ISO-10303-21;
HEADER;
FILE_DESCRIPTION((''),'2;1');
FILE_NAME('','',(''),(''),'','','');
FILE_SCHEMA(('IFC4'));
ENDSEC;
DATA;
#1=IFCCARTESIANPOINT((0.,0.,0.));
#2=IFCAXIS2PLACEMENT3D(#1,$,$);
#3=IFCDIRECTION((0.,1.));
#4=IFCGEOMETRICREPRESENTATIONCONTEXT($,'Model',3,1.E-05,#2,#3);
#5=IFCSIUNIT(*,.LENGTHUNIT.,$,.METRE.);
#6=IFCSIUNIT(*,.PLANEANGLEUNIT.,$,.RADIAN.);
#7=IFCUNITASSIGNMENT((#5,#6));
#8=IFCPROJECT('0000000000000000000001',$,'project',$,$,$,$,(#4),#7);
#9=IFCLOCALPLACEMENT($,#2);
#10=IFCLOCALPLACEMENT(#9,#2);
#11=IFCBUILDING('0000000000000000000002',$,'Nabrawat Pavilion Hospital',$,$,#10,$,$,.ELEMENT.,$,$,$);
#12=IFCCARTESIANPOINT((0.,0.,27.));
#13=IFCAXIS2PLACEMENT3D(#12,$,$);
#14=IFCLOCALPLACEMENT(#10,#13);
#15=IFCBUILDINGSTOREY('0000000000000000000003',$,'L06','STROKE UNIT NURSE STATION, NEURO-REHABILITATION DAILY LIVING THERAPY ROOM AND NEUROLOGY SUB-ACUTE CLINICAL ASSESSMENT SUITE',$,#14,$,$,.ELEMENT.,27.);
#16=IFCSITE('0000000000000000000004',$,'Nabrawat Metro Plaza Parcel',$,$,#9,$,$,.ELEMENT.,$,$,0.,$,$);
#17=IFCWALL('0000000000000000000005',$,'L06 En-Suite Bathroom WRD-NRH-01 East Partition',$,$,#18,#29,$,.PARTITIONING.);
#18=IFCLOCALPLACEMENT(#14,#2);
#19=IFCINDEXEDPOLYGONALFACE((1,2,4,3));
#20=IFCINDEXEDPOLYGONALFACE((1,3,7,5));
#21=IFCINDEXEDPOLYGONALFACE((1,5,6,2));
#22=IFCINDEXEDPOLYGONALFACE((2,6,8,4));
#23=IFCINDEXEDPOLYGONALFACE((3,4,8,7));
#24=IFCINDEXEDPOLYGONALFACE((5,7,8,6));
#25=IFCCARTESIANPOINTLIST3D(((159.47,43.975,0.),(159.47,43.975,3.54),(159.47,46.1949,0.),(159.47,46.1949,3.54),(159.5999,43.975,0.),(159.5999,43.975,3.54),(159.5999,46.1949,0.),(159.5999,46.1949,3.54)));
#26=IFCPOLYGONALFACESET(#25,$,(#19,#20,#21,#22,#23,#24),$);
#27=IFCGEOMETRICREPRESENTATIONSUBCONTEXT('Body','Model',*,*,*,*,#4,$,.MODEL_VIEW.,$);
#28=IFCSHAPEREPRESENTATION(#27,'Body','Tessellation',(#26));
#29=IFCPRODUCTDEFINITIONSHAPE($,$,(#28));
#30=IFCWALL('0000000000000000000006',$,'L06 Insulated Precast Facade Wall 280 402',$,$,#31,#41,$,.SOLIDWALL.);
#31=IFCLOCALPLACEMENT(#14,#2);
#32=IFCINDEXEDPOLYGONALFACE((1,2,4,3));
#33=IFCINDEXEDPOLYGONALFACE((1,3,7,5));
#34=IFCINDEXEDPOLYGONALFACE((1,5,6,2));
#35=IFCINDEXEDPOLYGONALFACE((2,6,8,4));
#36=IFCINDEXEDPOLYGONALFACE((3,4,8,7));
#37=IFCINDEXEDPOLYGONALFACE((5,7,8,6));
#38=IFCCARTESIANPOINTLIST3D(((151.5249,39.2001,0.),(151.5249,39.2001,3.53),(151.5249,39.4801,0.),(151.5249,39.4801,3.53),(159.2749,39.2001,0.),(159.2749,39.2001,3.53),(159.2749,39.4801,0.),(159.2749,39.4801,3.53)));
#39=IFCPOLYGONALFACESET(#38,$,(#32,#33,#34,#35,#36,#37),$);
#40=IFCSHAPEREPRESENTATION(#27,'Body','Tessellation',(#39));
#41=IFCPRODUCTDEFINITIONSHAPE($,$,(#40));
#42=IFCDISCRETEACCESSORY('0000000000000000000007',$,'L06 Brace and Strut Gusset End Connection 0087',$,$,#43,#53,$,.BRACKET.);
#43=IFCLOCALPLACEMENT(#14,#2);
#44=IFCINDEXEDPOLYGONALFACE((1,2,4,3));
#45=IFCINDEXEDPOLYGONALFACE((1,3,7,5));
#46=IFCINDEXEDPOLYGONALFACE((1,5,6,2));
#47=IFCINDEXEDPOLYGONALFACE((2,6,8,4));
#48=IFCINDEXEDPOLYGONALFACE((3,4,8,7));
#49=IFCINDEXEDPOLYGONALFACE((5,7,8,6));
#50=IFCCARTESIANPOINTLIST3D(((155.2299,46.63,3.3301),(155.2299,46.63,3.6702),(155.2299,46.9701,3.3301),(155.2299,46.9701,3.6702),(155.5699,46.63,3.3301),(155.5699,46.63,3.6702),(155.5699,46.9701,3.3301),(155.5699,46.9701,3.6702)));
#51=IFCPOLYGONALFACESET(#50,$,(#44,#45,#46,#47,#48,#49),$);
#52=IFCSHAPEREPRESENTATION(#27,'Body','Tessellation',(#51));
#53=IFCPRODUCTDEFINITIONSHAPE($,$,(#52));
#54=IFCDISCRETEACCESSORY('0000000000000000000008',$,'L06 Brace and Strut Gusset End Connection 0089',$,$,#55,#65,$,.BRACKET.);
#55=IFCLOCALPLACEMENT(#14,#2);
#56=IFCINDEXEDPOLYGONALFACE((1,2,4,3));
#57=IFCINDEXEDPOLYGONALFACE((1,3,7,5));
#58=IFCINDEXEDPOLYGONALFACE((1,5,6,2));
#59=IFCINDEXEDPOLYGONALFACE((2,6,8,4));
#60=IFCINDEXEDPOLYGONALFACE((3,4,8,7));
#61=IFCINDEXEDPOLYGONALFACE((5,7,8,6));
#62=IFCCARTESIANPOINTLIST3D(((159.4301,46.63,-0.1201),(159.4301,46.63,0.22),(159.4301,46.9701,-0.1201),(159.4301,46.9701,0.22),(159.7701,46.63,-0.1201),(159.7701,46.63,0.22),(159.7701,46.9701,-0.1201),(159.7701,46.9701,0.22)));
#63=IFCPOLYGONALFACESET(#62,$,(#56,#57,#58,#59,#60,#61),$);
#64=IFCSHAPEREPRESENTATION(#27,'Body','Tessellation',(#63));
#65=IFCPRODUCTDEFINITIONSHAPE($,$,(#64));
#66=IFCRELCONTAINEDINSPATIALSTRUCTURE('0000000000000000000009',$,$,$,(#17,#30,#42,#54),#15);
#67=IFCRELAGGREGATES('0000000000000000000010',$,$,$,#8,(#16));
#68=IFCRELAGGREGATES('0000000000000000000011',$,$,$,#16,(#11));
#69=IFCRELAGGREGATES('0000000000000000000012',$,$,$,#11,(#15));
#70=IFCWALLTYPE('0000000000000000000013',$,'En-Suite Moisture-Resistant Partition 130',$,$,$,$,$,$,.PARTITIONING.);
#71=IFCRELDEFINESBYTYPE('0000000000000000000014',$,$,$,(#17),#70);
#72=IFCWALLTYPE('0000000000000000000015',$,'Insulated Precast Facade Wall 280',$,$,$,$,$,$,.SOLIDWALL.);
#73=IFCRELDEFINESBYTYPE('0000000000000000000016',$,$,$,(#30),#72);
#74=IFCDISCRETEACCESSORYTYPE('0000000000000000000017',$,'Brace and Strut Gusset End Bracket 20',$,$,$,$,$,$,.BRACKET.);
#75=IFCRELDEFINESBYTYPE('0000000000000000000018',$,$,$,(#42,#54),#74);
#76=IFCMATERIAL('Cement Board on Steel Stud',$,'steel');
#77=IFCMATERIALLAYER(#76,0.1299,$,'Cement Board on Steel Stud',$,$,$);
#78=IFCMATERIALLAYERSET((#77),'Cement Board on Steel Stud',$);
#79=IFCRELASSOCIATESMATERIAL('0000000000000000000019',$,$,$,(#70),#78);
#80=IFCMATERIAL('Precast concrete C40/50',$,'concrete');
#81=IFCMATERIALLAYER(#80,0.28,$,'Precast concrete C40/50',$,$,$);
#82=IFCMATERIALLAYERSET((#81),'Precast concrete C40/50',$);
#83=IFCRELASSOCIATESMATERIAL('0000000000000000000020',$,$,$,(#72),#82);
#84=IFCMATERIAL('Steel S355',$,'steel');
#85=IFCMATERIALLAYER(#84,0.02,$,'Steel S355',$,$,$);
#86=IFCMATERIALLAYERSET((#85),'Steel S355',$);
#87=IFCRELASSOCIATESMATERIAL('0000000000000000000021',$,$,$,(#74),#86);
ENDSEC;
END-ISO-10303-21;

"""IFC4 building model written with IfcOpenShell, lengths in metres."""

from ifc_helpers import new_model, si_unit, direction, frame, frame_2d, origin, origin_2d, place, context, subcontext, project, spatial, rectangle, extrude, material, layer, layer_set, type_object, element, save


model = new_model("IFC4")

# Units and contexts
model_context = context("Model", 3, precision=1e-05, world=origin(), true_north=direction((0.0, 1.0)))
body_context = subcontext(model_context, "Body", "Model", "MODEL_VIEW")
ifc_project = project(units=[si_unit("LENGTHUNIT", "METRE"), si_unit("PLANEANGLEUNIT", "RADIAN")], contexts=[model_context])

# Site, building, storey
site_placement = place(None, origin())
site = spatial("IfcSite", under=ifc_project, at=site_placement, Name="Nabrawat Metro Plaza Parcel", CompositionType="ELEMENT", RefElevation=0.0)
building_placement = place(site_placement, origin())
building = spatial("IfcBuilding", under=site, at=building_placement, Name="Nabrawat Pavilion Hospital", CompositionType="ELEMENT")
storey_placement = place(building_placement, frame((0.0, 0.0, 27.0)))
storey = spatial("IfcBuildingStorey", under=building, at=storey_placement, Name="L06", Description="STROKE UNIT NURSE STATION, NEURO-REHABILITATION DAILY LIVING THERAPY ROOM AND NEUROLOGY SUB-ACUTE CLINICAL ASSESSMENT SUITE", CompositionType="ELEMENT", Elevation=27.0)

# Shared definitions
ifc_material_1 = material(Name="Steel S355", Category="steel")

# Shared definitions
ifc_material_2 = material(Name="Cement Board on Steel Stud", Category="steel")
ifc_layer_1 = layer(ifc_material_2, 0.1299, Name="Cement Board on Steel Stud")
ifc_layer_set_1 = layer_set([ifc_layer_1], Name="Cement Board on Steel Stud")
wall_type_1 = type_object("IfcWallType", Name="En-Suite Moisture-Resistant Partition 130", PredefinedType="PARTITIONING", material=ifc_layer_set_1)

# Walls
wall_1_placement = place(storey_placement, frame((159.5349, 43.9751, 0.0), z_axis=(0.0, 0.0, 1.0), x_axis=(0.0, 1.0, 0.0)))
element("IfcWall", 1, at=wall_1_placement, inside=storey, type_object=wall_type_1, Name="L06 En-Suite Bathroom WRD-NRH-01 East Partition", PredefinedType="PARTITIONING", context=body_context, shape_type="SweptSolid", body=[
    extrude(rectangle(XDim=2.22, YDim=0.1299, at=frame_2d((1.1099, 0.0))), origin(), (0.0, 0.0, 1.0), 3.54),
])
ifc_material_3 = material(Name="Precast concrete C40/50", Category="concrete")
ifc_layer_2 = layer(ifc_material_3, 0.28, Name="Precast concrete C40/50")
ifc_layer_set_2 = layer_set([ifc_layer_2], Name="Precast concrete C40/50")
wall_type_2 = type_object("IfcWallType", Name="Insulated Precast Facade Wall 280", PredefinedType="SOLIDWALL", material=ifc_layer_set_2)
wall_2_placement = place(storey_placement, frame((151.5249, 39.3401, 0.0), z_axis=(0.0, 0.0, 1.0), x_axis=(1.0, 0.0, 0.0)))
element("IfcWall", 2, at=wall_2_placement, inside=storey, type_object=wall_type_2, Name="L06 Insulated Precast Facade Wall 280 402", PredefinedType="SOLIDWALL", context=body_context, shape_type="SweptSolid", body=[
    extrude(rectangle(XDim=7.75, YDim=0.28, at=frame_2d((3.875, 0.0))), origin(), (0.0, 0.0, 1.0), 3.53),
])

# Discrete accessories
ifc_layer_3 = layer(ifc_material_1, 0.02, Name="Steel S355")
ifc_layer_set_3 = layer_set([ifc_layer_3], Name="Steel S355")
discrete_accessory_type = type_object("IfcDiscreteAccessoryType", Name="Brace and Strut Gusset End Bracket 20", PredefinedType="BRACKET", material=ifc_layer_set_3)
for number, where, z_axis, x_axis, name in (
    (3, (155.3999, 46.8, 3.3301), (0.0, 0.0, 1.0), (1.0, 0.0, 0.0), "L06 Brace and Strut Gusset End Connection 0087"),
    (4, (159.6001, 46.8, -0.1201), (0.0, 0.0, 1.0), (1.0, 0.0, 0.0), "L06 Brace and Strut Gusset End Connection 0089"),
):
    element("IfcDiscreteAccessory", number, at=place(storey_placement, frame(where, z_axis=z_axis, x_axis=x_axis)), inside=storey, type_object=discrete_accessory_type, Name=name, PredefinedType="BRACKET", context=body_context, shape_type="SweptSolid", body=[
        extrude(rectangle(XDim=0.3401, YDim=0.3401, at=origin_2d()), origin(), (0.0, 0.0, 1.0), 0.3401),
    ])

save(model, "model.ifc")
